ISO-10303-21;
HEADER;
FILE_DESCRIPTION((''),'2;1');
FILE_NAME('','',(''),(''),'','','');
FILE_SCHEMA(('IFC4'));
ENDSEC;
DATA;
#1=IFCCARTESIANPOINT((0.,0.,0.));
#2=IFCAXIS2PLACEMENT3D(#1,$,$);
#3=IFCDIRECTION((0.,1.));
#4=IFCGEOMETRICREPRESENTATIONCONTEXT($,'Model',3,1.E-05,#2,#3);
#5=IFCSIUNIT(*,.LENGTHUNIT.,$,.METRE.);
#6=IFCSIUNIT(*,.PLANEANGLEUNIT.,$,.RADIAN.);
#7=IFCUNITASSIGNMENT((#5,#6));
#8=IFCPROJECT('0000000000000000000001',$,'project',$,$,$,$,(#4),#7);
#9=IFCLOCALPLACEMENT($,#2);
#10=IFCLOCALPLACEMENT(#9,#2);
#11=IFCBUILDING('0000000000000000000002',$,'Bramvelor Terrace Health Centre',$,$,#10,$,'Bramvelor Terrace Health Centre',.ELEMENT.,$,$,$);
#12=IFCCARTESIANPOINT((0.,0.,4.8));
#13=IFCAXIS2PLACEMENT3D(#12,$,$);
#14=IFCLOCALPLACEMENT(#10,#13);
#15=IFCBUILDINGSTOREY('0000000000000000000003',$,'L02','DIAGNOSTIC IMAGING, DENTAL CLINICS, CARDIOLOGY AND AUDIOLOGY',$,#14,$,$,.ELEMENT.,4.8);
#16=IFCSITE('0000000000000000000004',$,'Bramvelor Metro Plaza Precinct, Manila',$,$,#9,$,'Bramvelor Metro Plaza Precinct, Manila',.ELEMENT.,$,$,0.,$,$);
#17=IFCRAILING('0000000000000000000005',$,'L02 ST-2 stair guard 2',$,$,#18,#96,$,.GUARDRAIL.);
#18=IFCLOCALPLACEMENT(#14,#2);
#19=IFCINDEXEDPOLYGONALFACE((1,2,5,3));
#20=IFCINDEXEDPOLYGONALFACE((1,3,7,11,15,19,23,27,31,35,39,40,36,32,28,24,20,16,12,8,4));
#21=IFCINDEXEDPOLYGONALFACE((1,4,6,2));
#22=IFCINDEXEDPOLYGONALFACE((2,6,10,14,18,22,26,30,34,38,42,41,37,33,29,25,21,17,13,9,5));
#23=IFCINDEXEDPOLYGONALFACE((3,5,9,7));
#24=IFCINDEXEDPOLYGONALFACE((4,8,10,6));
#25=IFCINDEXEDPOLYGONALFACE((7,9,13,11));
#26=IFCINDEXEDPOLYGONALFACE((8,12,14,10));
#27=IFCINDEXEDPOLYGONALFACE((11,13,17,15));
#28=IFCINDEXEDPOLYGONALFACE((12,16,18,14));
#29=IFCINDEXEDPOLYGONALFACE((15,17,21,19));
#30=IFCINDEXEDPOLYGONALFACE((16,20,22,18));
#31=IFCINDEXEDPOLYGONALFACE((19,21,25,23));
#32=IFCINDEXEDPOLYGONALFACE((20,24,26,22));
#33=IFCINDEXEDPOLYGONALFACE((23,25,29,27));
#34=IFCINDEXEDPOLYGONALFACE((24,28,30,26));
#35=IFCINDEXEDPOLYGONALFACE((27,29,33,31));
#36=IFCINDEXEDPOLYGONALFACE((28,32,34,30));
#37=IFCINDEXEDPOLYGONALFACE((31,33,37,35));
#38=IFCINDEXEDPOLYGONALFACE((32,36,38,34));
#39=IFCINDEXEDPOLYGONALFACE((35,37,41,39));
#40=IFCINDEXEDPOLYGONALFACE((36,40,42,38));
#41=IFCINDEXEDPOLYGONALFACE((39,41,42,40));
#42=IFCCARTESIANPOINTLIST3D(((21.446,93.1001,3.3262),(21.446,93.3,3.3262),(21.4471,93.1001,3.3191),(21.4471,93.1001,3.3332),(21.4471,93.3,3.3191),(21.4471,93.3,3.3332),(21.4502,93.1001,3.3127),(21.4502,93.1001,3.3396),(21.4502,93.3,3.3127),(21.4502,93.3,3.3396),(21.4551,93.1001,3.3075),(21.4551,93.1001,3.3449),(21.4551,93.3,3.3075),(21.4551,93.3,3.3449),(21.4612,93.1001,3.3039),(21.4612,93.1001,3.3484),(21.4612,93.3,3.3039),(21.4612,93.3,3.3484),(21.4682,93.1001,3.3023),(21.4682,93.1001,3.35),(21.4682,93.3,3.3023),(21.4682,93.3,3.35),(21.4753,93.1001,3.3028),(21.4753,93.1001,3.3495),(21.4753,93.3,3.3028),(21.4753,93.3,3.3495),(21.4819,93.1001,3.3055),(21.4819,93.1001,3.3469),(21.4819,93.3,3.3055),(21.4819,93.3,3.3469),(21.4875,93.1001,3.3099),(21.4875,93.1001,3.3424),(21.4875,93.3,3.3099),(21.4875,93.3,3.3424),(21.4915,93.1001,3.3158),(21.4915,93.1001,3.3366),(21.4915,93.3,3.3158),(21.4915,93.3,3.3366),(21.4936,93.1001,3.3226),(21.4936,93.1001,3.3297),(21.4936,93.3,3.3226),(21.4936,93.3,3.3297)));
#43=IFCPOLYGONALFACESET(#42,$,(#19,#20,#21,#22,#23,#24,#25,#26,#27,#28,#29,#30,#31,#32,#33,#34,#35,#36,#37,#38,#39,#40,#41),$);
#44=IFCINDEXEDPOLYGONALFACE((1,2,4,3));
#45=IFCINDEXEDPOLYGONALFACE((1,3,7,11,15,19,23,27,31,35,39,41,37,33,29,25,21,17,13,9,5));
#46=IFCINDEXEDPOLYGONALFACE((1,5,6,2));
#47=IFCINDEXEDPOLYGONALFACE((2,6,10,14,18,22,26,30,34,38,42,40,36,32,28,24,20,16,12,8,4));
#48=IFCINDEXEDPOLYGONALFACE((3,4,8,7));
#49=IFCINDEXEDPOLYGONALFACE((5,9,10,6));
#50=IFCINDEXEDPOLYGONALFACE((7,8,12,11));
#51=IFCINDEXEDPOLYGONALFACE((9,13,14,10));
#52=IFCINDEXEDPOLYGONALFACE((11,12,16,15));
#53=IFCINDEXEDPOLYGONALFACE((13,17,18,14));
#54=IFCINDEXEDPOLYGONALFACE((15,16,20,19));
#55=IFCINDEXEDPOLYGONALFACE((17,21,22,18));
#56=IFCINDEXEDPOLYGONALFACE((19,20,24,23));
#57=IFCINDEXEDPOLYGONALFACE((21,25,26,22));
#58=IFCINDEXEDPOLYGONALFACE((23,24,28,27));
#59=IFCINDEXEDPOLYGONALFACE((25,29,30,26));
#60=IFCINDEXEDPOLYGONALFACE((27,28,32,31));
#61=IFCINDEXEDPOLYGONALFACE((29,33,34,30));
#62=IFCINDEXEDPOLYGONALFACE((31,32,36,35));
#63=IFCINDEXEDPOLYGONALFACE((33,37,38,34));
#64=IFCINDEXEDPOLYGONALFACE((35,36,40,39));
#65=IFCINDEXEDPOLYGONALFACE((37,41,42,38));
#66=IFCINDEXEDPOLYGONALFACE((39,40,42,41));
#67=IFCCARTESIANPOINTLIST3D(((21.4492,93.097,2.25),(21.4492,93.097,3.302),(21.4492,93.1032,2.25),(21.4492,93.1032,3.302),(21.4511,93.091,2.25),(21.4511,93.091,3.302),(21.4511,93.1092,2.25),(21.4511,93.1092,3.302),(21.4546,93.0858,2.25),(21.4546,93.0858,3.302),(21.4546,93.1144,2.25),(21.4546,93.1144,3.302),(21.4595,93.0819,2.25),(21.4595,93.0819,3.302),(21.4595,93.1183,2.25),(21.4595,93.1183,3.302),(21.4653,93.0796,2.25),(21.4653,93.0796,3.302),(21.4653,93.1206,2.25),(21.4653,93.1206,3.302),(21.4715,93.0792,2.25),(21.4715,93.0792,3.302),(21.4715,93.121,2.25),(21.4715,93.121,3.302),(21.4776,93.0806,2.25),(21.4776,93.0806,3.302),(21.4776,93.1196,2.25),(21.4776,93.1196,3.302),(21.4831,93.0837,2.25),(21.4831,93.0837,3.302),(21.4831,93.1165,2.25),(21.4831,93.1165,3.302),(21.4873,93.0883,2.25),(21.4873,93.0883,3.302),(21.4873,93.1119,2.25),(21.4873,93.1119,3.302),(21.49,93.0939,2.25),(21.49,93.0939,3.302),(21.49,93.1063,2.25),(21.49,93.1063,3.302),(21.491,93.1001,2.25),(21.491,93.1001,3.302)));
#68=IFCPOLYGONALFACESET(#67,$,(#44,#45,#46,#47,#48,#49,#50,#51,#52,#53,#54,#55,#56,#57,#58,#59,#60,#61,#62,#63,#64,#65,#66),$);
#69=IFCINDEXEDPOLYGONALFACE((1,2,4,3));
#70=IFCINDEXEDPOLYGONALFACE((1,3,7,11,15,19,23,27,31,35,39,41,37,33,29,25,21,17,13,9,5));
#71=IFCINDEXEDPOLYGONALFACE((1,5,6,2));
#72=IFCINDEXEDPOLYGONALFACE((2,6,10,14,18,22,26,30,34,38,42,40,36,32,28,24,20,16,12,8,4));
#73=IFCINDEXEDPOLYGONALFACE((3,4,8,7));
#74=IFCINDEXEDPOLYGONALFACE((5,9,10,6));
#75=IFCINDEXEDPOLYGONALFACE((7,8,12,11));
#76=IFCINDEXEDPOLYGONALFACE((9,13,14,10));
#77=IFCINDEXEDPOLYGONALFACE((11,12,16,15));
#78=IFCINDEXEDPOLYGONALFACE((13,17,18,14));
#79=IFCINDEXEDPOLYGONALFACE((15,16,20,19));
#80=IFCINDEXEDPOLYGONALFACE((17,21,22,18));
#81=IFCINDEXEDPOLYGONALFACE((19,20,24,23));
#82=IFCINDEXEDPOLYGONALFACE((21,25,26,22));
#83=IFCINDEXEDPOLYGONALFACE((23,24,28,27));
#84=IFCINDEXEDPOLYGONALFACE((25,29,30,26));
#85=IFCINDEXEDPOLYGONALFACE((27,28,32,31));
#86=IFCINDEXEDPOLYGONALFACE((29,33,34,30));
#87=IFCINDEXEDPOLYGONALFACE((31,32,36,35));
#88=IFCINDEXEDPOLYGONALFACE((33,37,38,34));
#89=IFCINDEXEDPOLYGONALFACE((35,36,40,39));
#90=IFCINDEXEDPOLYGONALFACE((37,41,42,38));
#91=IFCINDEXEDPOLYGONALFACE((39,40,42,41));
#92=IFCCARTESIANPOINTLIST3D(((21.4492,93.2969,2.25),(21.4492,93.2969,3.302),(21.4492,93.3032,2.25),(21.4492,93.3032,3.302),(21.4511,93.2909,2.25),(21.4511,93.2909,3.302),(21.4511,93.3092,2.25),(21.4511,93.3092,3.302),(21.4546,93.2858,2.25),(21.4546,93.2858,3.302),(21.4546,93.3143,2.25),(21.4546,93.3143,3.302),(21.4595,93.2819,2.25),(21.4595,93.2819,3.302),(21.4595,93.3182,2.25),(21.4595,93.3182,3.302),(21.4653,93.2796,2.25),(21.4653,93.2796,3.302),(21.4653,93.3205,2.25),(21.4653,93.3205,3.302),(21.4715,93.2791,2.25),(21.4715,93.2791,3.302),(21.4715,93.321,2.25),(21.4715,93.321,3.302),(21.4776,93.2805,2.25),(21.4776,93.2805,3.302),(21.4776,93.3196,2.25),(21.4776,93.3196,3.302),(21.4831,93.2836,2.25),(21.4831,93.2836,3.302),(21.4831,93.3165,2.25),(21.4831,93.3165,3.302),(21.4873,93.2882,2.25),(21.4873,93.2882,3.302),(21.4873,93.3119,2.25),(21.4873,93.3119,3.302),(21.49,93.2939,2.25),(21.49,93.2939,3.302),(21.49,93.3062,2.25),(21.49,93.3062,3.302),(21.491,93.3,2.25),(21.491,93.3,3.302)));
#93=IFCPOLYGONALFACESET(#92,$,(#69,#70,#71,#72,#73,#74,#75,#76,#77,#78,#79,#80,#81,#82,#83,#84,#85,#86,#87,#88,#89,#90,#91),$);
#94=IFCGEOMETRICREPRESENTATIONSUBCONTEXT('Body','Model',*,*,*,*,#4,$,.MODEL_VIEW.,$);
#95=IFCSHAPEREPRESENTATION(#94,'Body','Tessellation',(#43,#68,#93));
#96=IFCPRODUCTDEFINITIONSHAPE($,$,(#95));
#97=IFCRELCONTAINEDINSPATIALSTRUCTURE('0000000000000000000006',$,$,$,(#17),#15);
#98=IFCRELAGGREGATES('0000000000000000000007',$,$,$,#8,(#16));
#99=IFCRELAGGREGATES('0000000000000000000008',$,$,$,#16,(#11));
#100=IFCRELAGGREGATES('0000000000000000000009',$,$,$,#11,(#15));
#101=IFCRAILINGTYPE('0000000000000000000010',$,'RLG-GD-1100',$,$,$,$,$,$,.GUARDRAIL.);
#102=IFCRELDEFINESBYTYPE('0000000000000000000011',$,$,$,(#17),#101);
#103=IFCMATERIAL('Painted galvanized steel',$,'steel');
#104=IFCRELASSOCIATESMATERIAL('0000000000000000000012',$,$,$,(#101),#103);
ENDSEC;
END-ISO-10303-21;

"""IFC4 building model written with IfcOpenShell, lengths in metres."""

from ifc_helpers import new_model, si_unit, direction, frame, origin, origin_2d, place, context, subcontext, project, spatial, circle, extrude, material, type_object, element, save


model = new_model("IFC4")

# Units and contexts
model_context = context("Model", 3, precision=1e-05, world=origin(), true_north=direction((0.0, 1.0)))
body_context = subcontext(model_context, "Body", "Model", "MODEL_VIEW")
ifc_project = project(units=[si_unit("LENGTHUNIT", "METRE"), si_unit("PLANEANGLEUNIT", "RADIAN")], contexts=[model_context])

# Site, building, storey
site_placement = place(None, origin())
site = spatial("IfcSite", under=ifc_project, at=site_placement, Name="Bramvelor Metro Plaza Precinct, Manila", LongName="Bramvelor Metro Plaza Precinct, Manila", CompositionType="ELEMENT", RefElevation=0.0)
building_placement = place(site_placement, origin())
building = spatial("IfcBuilding", under=site, at=building_placement, Name="Bramvelor Terrace Health Centre", LongName="Bramvelor Terrace Health Centre", CompositionType="ELEMENT")
storey_placement = place(building_placement, frame((0.0, 0.0, 4.8)))
storey = spatial("IfcBuildingStorey", under=building, at=storey_placement, Name="L02", Description="DIAGNOSTIC IMAGING, DENTAL CLINICS, CARDIOLOGY AND AUDIOLOGY", CompositionType="ELEMENT", Elevation=4.8)

# Railing
ifc_material_1 = material(Name="Painted galvanized steel", Category="steel")
railing_type_1 = type_object("IfcRailingType", Name="RLG-GD-1100", PredefinedType="GUARDRAIL", material=ifc_material_1)
railing_1_placement = place(storey_placement, frame((21.47, 93.1001, 2.25)))
element("IfcRailing", 1, at=railing_1_placement, inside=storey, type_object=railing_type_1, Name="L02 ST-2 stair guard 2", PredefinedType="GUARDRAIL", context=body_context, shape_type="SweptSolid", body=[
    extrude(circle(Radius=0.0239, at=origin_2d()), frame((0.0, 0.0, 1.0762), z_axis=(0.0, 1.0, 0.0), x_axis=(-1.0, 0.0, 0.0)), (0.0, 0.0, 1.0), 0.2),
    extrude(circle(Radius=0.021, at=origin_2d()), origin(), (0.0, 0.0, 1.0), 1.052),
    extrude(circle(Radius=0.021, at=origin_2d()), frame((0.0, 0.2, 0.0)), (0.0, 0.0, 1.0), 1.052),
])

save(model, "model.ifc")
